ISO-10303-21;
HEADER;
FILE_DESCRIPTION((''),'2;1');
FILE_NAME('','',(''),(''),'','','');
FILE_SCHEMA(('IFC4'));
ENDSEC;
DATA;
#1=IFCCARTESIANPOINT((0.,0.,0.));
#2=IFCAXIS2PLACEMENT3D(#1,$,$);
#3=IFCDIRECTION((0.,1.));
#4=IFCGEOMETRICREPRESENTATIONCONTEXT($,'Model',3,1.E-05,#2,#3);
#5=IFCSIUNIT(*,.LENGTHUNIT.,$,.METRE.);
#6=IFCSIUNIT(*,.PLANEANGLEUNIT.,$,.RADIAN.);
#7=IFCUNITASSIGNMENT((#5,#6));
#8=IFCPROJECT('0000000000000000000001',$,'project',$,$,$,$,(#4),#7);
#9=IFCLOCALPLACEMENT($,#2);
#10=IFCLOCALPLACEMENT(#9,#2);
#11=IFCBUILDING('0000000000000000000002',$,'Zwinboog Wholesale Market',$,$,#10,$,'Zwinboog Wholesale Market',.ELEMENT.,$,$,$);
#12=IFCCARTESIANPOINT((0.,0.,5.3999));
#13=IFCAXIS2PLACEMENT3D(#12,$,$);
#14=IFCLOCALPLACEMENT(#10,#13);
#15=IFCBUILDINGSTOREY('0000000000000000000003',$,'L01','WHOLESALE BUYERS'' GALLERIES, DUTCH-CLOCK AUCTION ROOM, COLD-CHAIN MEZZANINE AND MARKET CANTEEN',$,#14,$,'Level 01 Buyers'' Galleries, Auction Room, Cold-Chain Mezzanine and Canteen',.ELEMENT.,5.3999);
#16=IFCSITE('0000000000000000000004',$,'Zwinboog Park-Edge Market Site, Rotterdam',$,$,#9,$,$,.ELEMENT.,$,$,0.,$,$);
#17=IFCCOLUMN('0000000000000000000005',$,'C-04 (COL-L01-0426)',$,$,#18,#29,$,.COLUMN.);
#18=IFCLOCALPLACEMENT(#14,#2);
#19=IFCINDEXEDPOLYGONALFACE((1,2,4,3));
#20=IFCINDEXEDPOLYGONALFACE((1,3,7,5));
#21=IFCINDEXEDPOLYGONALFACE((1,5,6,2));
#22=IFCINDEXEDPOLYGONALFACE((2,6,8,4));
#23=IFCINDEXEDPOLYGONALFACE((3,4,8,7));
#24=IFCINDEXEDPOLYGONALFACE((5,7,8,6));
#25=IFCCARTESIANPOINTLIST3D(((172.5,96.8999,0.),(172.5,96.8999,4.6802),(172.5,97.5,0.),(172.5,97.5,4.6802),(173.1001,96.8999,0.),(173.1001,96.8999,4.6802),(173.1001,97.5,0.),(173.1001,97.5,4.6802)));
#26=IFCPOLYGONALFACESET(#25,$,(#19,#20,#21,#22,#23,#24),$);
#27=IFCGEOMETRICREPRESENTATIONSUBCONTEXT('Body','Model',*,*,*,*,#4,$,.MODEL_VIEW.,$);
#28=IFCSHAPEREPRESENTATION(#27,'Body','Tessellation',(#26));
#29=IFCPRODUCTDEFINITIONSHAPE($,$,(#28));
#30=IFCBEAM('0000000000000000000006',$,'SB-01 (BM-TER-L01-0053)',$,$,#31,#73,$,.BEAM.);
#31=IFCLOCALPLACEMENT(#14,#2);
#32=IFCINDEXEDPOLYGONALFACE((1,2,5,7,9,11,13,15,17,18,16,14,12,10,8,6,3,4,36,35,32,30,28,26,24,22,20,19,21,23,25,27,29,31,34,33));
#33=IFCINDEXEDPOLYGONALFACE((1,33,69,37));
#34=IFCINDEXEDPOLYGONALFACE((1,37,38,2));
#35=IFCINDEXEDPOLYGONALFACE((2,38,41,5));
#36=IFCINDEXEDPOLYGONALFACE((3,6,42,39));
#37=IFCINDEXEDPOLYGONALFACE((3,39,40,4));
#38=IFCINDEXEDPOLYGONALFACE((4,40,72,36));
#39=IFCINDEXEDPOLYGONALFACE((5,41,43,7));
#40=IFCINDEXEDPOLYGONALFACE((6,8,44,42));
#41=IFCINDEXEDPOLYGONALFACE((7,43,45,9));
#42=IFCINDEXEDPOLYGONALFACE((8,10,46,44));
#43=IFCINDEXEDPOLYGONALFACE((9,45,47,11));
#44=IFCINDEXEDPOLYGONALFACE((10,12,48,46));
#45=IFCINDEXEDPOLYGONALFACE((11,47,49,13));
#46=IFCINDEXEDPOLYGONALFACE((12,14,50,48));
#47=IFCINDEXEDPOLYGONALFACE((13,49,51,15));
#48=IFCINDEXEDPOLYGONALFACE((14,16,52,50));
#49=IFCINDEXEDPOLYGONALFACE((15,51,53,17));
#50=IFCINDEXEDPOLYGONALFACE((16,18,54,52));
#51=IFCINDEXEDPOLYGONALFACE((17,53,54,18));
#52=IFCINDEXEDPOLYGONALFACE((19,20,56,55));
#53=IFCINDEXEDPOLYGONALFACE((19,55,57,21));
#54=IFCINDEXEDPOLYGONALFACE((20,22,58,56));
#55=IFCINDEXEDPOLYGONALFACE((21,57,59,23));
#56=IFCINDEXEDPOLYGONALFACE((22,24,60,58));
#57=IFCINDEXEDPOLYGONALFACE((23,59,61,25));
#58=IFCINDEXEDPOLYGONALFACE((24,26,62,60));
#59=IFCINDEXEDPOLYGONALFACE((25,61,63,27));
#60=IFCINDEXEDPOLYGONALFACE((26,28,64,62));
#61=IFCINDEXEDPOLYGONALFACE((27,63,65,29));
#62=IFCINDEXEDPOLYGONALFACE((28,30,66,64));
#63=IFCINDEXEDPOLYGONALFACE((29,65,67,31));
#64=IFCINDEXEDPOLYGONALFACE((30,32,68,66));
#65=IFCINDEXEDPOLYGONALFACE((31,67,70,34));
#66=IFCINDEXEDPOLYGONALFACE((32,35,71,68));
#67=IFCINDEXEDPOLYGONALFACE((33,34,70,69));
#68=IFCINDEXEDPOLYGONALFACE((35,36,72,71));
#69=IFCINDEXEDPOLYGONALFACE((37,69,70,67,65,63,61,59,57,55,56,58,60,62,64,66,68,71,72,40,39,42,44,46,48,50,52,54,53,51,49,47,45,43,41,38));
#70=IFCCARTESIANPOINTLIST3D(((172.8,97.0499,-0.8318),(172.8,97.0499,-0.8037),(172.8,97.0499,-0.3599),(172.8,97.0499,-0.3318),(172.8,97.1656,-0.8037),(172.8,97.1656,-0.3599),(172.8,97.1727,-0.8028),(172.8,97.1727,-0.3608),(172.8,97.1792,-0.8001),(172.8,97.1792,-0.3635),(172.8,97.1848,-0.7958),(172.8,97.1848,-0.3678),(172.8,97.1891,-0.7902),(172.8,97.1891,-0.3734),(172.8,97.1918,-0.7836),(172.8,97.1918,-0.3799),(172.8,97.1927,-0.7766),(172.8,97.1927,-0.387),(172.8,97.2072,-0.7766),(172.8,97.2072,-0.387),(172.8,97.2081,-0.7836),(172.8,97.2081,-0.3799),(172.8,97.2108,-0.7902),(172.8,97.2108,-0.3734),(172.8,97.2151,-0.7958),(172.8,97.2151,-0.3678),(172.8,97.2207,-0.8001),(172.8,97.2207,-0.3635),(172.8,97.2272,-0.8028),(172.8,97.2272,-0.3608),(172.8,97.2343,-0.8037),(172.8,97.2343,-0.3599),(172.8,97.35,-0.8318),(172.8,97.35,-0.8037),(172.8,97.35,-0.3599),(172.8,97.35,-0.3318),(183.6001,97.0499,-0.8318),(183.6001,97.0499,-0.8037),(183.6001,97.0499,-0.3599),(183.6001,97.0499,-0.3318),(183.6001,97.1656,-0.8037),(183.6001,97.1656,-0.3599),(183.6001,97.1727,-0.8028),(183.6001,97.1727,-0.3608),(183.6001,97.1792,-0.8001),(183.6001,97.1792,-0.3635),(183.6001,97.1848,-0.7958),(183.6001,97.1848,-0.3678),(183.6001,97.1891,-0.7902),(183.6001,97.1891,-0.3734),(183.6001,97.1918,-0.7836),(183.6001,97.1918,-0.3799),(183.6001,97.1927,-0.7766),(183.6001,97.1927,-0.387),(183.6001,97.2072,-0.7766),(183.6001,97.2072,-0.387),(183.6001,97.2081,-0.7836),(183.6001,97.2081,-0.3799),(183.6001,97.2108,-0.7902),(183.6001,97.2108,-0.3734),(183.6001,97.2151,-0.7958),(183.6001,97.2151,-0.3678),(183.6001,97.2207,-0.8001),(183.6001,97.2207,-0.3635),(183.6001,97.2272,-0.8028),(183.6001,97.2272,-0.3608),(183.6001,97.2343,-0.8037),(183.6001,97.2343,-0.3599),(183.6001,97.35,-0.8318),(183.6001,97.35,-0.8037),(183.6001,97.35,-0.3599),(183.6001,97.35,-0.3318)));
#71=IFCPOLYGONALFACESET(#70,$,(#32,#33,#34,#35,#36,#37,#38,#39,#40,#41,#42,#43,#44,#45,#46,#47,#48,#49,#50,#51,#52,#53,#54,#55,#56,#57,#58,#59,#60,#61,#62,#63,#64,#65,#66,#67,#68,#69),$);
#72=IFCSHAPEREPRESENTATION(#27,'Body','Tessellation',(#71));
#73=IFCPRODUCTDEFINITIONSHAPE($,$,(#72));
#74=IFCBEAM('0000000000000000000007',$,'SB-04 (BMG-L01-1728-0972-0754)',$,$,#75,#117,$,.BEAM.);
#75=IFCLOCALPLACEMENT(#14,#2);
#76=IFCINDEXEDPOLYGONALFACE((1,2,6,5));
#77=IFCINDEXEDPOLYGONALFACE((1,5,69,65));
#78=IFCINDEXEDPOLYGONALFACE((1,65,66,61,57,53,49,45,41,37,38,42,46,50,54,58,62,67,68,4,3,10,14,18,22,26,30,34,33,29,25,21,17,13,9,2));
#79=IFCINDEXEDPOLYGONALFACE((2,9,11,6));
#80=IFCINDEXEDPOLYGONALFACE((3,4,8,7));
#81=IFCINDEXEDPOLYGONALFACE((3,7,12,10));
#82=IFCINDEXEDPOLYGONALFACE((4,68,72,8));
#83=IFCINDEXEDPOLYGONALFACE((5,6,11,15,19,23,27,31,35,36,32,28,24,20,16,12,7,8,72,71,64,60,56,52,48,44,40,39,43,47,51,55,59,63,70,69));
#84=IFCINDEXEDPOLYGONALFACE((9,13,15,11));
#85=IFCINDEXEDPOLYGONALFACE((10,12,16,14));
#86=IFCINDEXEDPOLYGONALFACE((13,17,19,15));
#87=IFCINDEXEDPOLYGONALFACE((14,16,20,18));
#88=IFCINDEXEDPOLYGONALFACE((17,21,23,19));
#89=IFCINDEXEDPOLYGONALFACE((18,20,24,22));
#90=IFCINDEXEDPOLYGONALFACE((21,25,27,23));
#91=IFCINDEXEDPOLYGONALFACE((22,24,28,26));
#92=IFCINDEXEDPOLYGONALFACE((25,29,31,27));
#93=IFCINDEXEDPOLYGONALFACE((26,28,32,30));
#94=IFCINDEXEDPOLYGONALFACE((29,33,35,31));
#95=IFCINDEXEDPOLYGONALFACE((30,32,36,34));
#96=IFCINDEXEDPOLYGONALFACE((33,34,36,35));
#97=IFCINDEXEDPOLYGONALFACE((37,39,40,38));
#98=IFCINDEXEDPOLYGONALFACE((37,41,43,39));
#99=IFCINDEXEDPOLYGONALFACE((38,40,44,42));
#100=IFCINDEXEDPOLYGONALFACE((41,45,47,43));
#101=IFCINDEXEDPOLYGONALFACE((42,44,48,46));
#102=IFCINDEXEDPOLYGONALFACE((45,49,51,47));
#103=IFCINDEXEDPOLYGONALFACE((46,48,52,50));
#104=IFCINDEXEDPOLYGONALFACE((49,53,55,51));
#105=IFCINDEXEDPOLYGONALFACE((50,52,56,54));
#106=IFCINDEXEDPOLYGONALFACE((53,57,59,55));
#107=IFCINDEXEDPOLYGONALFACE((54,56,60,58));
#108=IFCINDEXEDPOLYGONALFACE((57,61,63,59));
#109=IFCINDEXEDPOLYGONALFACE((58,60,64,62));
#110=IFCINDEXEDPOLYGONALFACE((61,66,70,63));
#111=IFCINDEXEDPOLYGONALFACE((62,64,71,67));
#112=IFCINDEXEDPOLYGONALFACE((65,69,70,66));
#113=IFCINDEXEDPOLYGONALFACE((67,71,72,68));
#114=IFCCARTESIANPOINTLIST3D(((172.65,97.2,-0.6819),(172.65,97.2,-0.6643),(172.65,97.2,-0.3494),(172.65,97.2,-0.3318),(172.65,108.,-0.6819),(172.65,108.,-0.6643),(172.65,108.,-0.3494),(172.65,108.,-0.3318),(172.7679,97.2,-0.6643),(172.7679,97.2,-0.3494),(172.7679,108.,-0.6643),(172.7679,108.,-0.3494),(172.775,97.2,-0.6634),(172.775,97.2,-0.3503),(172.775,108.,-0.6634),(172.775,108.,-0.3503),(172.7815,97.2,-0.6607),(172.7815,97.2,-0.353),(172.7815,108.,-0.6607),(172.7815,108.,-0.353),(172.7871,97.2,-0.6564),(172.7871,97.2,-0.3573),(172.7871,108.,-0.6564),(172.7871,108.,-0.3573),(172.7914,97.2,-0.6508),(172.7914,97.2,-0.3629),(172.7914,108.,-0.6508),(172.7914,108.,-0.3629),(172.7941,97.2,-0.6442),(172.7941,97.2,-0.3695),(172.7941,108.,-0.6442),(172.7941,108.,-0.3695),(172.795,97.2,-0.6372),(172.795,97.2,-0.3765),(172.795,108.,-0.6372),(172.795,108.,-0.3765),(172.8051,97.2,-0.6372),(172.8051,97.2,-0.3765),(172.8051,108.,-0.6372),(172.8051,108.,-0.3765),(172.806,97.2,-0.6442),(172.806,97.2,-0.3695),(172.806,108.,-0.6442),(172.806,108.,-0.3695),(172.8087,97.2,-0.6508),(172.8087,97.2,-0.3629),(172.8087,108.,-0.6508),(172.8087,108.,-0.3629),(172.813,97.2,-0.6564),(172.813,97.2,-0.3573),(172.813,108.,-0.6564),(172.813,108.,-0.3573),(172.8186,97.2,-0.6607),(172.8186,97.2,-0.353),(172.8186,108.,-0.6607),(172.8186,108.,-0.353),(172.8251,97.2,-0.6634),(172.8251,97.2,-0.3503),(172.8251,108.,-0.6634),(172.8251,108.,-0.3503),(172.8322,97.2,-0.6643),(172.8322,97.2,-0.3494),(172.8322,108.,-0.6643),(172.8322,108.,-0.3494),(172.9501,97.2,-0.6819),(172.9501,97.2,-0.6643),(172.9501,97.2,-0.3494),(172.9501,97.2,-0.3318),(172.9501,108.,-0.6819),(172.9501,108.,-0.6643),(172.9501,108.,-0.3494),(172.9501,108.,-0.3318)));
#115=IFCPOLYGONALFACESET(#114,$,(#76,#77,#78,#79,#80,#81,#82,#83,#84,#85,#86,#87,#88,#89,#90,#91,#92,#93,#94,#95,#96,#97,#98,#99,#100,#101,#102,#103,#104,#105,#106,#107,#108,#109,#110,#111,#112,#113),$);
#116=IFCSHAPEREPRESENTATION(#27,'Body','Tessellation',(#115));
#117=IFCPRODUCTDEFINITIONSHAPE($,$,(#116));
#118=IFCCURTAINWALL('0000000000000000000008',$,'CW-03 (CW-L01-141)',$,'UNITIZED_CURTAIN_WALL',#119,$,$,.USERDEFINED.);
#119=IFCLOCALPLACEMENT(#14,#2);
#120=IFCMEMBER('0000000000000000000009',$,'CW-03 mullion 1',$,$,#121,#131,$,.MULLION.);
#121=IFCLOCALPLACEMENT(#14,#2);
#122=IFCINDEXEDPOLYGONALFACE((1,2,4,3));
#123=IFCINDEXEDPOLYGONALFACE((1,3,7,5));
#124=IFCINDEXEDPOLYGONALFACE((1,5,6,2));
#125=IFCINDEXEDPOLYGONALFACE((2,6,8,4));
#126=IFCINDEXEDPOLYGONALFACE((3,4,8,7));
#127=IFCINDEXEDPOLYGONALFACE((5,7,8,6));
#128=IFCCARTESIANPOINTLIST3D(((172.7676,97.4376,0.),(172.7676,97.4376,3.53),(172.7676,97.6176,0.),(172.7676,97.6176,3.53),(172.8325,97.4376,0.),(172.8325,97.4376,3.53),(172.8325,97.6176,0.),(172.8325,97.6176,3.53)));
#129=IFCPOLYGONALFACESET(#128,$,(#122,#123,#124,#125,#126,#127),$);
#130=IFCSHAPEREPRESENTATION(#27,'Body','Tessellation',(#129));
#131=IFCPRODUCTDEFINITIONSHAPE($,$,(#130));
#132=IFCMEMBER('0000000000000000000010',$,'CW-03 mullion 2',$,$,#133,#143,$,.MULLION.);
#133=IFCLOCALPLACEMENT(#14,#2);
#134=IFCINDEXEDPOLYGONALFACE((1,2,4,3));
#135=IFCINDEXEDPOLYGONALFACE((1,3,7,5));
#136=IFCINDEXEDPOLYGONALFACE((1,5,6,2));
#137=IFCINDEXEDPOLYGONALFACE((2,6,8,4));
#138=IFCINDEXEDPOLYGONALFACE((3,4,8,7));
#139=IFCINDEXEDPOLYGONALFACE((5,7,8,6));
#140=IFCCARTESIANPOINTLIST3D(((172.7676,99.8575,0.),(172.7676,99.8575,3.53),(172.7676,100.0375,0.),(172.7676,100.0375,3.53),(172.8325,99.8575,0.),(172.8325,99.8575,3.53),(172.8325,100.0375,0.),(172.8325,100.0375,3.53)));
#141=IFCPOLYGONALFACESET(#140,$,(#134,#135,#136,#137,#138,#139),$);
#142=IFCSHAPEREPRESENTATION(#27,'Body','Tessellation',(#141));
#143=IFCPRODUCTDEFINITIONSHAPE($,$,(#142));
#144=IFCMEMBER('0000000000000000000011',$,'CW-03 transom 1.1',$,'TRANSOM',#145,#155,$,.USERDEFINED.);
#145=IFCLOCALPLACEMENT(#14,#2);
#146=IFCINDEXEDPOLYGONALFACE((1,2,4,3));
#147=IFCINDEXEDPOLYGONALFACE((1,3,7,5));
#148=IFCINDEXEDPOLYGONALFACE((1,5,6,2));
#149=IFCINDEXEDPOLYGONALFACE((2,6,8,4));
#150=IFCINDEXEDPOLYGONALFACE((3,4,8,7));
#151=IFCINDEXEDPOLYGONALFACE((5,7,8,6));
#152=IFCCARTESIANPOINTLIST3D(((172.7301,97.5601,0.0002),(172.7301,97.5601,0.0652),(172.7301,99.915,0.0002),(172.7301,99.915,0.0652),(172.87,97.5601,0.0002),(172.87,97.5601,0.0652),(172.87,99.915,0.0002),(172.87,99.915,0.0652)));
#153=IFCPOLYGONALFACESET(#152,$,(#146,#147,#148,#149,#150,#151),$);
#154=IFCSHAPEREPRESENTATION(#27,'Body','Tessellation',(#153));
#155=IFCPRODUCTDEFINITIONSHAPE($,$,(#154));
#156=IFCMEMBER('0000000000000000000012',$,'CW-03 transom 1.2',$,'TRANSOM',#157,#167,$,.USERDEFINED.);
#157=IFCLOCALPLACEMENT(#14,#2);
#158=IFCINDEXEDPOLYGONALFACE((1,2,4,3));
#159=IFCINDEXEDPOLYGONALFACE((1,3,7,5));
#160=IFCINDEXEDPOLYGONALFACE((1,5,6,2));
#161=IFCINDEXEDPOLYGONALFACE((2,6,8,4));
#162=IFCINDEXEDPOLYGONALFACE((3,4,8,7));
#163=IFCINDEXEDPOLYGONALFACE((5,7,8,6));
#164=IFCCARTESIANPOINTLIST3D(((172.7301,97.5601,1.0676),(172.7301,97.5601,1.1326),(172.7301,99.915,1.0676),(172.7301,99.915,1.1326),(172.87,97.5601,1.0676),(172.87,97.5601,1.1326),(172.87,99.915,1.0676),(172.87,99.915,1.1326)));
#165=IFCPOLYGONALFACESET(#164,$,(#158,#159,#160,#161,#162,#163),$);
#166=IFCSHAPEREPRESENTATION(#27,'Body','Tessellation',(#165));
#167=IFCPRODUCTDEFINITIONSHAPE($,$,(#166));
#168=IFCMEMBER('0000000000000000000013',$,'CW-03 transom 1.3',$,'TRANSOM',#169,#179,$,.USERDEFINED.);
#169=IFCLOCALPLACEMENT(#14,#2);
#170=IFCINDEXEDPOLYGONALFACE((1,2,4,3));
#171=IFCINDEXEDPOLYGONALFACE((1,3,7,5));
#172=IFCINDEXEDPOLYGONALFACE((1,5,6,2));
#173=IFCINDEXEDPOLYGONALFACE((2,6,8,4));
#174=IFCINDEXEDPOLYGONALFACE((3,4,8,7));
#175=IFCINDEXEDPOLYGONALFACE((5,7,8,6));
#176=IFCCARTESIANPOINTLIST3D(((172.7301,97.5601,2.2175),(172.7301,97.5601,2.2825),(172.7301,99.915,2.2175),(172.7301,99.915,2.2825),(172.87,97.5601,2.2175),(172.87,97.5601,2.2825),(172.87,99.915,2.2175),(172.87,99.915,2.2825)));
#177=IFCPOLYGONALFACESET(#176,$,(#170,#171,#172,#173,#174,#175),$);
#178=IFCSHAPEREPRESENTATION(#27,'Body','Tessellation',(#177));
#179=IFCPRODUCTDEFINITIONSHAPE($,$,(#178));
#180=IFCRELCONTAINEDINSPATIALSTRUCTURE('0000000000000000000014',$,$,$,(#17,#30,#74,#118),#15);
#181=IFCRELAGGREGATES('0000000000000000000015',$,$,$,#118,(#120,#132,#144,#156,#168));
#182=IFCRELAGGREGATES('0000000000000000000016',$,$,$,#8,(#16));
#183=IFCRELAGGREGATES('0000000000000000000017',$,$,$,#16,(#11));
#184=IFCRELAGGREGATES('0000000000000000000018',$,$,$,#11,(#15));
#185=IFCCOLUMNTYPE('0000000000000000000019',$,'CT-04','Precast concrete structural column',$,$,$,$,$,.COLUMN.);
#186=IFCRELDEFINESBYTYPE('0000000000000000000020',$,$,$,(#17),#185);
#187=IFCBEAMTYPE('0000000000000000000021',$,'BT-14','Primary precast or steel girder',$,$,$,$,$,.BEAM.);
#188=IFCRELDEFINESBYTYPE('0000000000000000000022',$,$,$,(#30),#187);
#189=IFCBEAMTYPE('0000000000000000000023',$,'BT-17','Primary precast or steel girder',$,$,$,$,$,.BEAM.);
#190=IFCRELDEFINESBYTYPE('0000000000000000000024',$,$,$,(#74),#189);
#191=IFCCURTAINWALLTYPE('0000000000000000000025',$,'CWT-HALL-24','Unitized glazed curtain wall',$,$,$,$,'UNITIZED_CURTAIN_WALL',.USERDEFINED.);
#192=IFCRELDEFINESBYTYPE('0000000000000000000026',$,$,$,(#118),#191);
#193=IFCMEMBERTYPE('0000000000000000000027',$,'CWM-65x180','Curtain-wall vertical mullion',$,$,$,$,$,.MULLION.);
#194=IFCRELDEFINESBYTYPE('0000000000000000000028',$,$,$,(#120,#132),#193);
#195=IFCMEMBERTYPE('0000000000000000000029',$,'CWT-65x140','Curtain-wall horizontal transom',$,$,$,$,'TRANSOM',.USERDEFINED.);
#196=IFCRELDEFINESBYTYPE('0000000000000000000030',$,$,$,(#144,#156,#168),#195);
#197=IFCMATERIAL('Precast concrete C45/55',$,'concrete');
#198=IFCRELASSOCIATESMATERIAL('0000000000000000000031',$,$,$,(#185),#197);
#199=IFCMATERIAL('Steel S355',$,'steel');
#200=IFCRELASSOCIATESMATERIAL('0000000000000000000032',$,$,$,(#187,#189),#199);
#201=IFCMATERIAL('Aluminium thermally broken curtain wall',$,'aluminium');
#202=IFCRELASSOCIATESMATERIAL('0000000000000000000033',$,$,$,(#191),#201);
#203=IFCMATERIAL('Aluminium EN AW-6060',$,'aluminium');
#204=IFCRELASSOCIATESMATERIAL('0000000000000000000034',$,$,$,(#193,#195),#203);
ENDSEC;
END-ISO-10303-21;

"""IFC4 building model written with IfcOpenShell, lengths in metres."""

from ifc_helpers import new_model, si_unit, direction, frame, origin, origin_2d, place, context, subcontext, project, spatial, rectangle, i_section, extrude, material, material_profile, profile_set, type_object, element, aggregate, save


model = new_model("IFC4")

# Units and contexts
model_context = context("Model", 3, precision=1e-05, world=origin(), true_north=direction((0.0, 1.0)))
body_context = subcontext(model_context, "Body", "Model", "MODEL_VIEW")
ifc_project = project(units=[si_unit("LENGTHUNIT", "METRE"), si_unit("PLANEANGLEUNIT", "RADIAN")], contexts=[model_context])

# Site, building, storey
site_placement = place(None, origin())
site = spatial("IfcSite", under=ifc_project, at=site_placement, Name="Zwinboog Park-Edge Market Site, Rotterdam", CompositionType="ELEMENT", RefElevation=0.0)
building_placement = place(site_placement, origin())
building = spatial("IfcBuilding", under=site, at=building_placement, Name="Zwinboog Wholesale Market", LongName="Zwinboog Wholesale Market", CompositionType="ELEMENT")
storey_placement = place(building_placement, frame((0.0, 0.0, 5.3999)))
storey = spatial("IfcBuildingStorey", under=building, at=storey_placement, Name="L01", Description="WHOLESALE BUYERS' GALLERIES, DUTCH-CLOCK AUCTION ROOM, COLD-CHAIN MEZZANINE AND MARKET CANTEEN", LongName="Level 01 Buyers' Galleries, Auction Room, Cold-Chain Mezzanine and Canteen", CompositionType="ELEMENT", Elevation=5.3999)

# Column
ifc_material_1 = material(Name="Precast concrete C45/55", Category="concrete")
ifc_material_profile_1 = material_profile(ifc_material_1, rectangle(XDim=0.6001, YDim=0.6001, at=origin_2d()), Name="PC 600x600")
ifc_profile_set_1 = profile_set([ifc_material_profile_1], Name="Precast concrete C45/55")
column_type = type_object("IfcColumnType", Name="CT-04", Description="Precast concrete structural column", PredefinedType="COLUMN", material=ifc_profile_set_1)
column_placement = place(storey_placement, frame((172.8, 97.2, 0.0), z_axis=(0.0, 0.0, 1.0), x_axis=(1.0, 0.0, 0.0)))
element("IfcColumn", 1, at=column_placement, inside=storey, type_object=column_type, Name="C-04 (COL-L01-0426)", PredefinedType="COLUMN", context=body_context, shape_type="SweptSolid", body=[
    extrude(rectangle(XDim=0.6001, YDim=0.6001, at=origin_2d()), origin(), (0.0, 0.0, 1.0), 4.6802),
])

# Beams
ifc_material_2 = material(Name="Steel S355", Category="steel")
ifc_material_profile_2 = material_profile(ifc_material_2, i_section(OverallWidth=0.3, OverallDepth=0.5, WebThickness=0.0144, FlangeThickness=0.0281, FilletRadius=0.0271, at=origin_2d()), Name="HEB 500")
ifc_profile_set_2 = profile_set([ifc_material_profile_2], Name="Steel S355")
beam_type_1 = type_object("IfcBeamType", Name="BT-14", Description="Primary precast or steel girder", PredefinedType="BEAM", material=ifc_profile_set_2)
beam_1_placement = place(storey_placement, frame((172.8, 97.2, -0.5818), z_axis=(1.0, 0.0, 0.0), x_axis=(0.0, 1.0, 0.0)))
element("IfcBeam", 2, at=beam_1_placement, inside=storey, type_object=beam_type_1, Name="SB-01 (BM-TER-L01-0053)", PredefinedType="BEAM", context=body_context, shape_type="SweptSolid", body=[
    extrude(i_section(OverallWidth=0.3, OverallDepth=0.5, WebThickness=0.0144, FlangeThickness=0.0281, FilletRadius=0.0271, at=origin_2d()), origin(), (0.0, 0.0, 1.0), 10.8),
])
ifc_material_profile_3 = material_profile(ifc_material_2, i_section(OverallWidth=0.3, OverallDepth=0.3501, WebThickness=0.01, FlangeThickness=0.0176, FilletRadius=0.0271, at=origin_2d()), Name="HEA 360")
ifc_profile_set_3 = profile_set([ifc_material_profile_3], Name="Steel S355")
beam_type_2 = type_object("IfcBeamType", Name="BT-17", Description="Primary precast or steel girder", PredefinedType="BEAM", material=ifc_profile_set_3)
beam_2_placement = place(storey_placement, frame((172.8, 97.2, -0.5068), z_axis=(0.0, 1.0, 0.0), x_axis=(-1.0, 0.0, 0.0)))
element("IfcBeam", 3, at=beam_2_placement, inside=storey, type_object=beam_type_2, Name="SB-04 (BMG-L01-1728-0972-0754)", PredefinedType="BEAM", context=body_context, shape_type="SweptSolid", body=[
    extrude(i_section(OverallWidth=0.3, OverallDepth=0.3501, WebThickness=0.01, FlangeThickness=0.0176, FilletRadius=0.0271, at=origin_2d()), origin(), (0.0, 0.0, 1.0), 10.8),
])

# Curtain wall, members
ifc_material_3 = material(Name="Aluminium thermally broken curtain wall", Category="aluminium")
curtain_wall_type_1 = type_object("IfcCurtainWallType", Name="CWT-HALL-24", Description="Unitized glazed curtain wall", ElementType="UNITIZED_CURTAIN_WALL", PredefinedType="USERDEFINED", material=ifc_material_3)
curtain_wall_1_placement = place(storey_placement, origin())
curtain_wall_1 = element("IfcCurtainWall", 4, at=curtain_wall_1_placement, inside=storey, type_object=curtain_wall_type_1, Name="CW-03 (CW-L01-141)", ObjectType="UNITIZED_CURTAIN_WALL", PredefinedType="USERDEFINED")
ifc_material_4 = material(Name="Aluminium EN AW-6060", Category="aluminium")
ifc_material_profile_4 = material_profile(ifc_material_4, rectangle(XDim=0.0649, YDim=0.1799, at=origin_2d()), Name="AL 65x180")
ifc_profile_set_4 = profile_set([ifc_material_profile_4], Name="Aluminium EN AW-6060")
member_type_1 = type_object("IfcMemberType", Name="CWM-65x180", Description="Curtain-wall vertical mullion", PredefinedType="MULLION", material=ifc_profile_set_4)
member_1_placement = place(storey_placement, frame((172.8, 97.5276, 0.0), z_axis=(0.0, 0.0, 1.0), x_axis=(-1.0, 0.0, 0.0)))
member_1 = element("IfcMember", 5, at=member_1_placement, type_object=member_type_1, Name="CW-03 mullion 1", PredefinedType="MULLION", context=body_context, shape_type="SweptSolid", body=[
    extrude(rectangle(XDim=0.0649, YDim=0.1799, at=origin_2d()), origin(), (0.0, 0.0, 1.0), 3.53),
])
member_2_placement = place(storey_placement, frame((172.8, 99.9475, 0.0), z_axis=(0.0, 0.0, 1.0), x_axis=(-1.0, 0.0, 0.0)))
member_2 = element("IfcMember", 6, at=member_2_placement, type_object=member_type_1, Name="CW-03 mullion 2", PredefinedType="MULLION", context=body_context, shape_type="SweptSolid", body=[
    extrude(rectangle(XDim=0.0649, YDim=0.1799, at=origin_2d()), origin(), (0.0, 0.0, 1.0), 3.53),
])
ifc_material_profile_5 = material_profile(ifc_material_4, rectangle(XDim=0.1399, YDim=0.0649, at=origin_2d()), Name="AL 65x140")
ifc_profile_set_5 = profile_set([ifc_material_profile_5], Name="Aluminium EN AW-6060")
member_type_2 = type_object("IfcMemberType", Name="CWT-65x140", Description="Curtain-wall horizontal transom", ElementType="TRANSOM", PredefinedType="USERDEFINED", material=ifc_profile_set_5)
member_3_placement = place(storey_placement, frame((172.8, 97.5601, 0.0327), z_axis=(0.0, 1.0, 0.0), x_axis=(-1.0, 0.0, 0.0)))
member_3 = element("IfcMember", 7, at=member_3_placement, type_object=member_type_2, Name="CW-03 transom 1.1", ObjectType="TRANSOM", PredefinedType="USERDEFINED", context=body_context, shape_type="SweptSolid", body=[
    extrude(rectangle(XDim=0.1399, YDim=0.0649, at=origin_2d()), origin(), (0.0, 0.0, 1.0), 2.355),
])
member_4_placement = place(storey_placement, frame((172.8, 97.5601, 1.1001), z_axis=(0.0, 1.0, 0.0), x_axis=(-1.0, 0.0, 0.0)))
member_4 = element("IfcMember", 8, at=member_4_placement, type_object=member_type_2, Name="CW-03 transom 1.2", ObjectType="TRANSOM", PredefinedType="USERDEFINED", context=body_context, shape_type="SweptSolid", body=[
    extrude(rectangle(XDim=0.1399, YDim=0.0649, at=origin_2d()), origin(), (0.0, 0.0, 1.0), 2.355),
])
member_5_placement = place(storey_placement, frame((172.8, 97.5601, 2.25), z_axis=(0.0, 1.0, 0.0), x_axis=(-1.0, 0.0, 0.0)))
member_5 = element("IfcMember", 9, at=member_5_placement, type_object=member_type_2, Name="CW-03 transom 1.3", ObjectType="TRANSOM", PredefinedType="USERDEFINED", context=body_context, shape_type="SweptSolid", body=[
    extrude(rectangle(XDim=0.1399, YDim=0.0649, at=origin_2d()), origin(), (0.0, 0.0, 1.0), 2.355),
])

aggregate(curtain_wall_1, [member_1, member_2, member_3, member_4, member_5])

save(model, "model.ifc")
